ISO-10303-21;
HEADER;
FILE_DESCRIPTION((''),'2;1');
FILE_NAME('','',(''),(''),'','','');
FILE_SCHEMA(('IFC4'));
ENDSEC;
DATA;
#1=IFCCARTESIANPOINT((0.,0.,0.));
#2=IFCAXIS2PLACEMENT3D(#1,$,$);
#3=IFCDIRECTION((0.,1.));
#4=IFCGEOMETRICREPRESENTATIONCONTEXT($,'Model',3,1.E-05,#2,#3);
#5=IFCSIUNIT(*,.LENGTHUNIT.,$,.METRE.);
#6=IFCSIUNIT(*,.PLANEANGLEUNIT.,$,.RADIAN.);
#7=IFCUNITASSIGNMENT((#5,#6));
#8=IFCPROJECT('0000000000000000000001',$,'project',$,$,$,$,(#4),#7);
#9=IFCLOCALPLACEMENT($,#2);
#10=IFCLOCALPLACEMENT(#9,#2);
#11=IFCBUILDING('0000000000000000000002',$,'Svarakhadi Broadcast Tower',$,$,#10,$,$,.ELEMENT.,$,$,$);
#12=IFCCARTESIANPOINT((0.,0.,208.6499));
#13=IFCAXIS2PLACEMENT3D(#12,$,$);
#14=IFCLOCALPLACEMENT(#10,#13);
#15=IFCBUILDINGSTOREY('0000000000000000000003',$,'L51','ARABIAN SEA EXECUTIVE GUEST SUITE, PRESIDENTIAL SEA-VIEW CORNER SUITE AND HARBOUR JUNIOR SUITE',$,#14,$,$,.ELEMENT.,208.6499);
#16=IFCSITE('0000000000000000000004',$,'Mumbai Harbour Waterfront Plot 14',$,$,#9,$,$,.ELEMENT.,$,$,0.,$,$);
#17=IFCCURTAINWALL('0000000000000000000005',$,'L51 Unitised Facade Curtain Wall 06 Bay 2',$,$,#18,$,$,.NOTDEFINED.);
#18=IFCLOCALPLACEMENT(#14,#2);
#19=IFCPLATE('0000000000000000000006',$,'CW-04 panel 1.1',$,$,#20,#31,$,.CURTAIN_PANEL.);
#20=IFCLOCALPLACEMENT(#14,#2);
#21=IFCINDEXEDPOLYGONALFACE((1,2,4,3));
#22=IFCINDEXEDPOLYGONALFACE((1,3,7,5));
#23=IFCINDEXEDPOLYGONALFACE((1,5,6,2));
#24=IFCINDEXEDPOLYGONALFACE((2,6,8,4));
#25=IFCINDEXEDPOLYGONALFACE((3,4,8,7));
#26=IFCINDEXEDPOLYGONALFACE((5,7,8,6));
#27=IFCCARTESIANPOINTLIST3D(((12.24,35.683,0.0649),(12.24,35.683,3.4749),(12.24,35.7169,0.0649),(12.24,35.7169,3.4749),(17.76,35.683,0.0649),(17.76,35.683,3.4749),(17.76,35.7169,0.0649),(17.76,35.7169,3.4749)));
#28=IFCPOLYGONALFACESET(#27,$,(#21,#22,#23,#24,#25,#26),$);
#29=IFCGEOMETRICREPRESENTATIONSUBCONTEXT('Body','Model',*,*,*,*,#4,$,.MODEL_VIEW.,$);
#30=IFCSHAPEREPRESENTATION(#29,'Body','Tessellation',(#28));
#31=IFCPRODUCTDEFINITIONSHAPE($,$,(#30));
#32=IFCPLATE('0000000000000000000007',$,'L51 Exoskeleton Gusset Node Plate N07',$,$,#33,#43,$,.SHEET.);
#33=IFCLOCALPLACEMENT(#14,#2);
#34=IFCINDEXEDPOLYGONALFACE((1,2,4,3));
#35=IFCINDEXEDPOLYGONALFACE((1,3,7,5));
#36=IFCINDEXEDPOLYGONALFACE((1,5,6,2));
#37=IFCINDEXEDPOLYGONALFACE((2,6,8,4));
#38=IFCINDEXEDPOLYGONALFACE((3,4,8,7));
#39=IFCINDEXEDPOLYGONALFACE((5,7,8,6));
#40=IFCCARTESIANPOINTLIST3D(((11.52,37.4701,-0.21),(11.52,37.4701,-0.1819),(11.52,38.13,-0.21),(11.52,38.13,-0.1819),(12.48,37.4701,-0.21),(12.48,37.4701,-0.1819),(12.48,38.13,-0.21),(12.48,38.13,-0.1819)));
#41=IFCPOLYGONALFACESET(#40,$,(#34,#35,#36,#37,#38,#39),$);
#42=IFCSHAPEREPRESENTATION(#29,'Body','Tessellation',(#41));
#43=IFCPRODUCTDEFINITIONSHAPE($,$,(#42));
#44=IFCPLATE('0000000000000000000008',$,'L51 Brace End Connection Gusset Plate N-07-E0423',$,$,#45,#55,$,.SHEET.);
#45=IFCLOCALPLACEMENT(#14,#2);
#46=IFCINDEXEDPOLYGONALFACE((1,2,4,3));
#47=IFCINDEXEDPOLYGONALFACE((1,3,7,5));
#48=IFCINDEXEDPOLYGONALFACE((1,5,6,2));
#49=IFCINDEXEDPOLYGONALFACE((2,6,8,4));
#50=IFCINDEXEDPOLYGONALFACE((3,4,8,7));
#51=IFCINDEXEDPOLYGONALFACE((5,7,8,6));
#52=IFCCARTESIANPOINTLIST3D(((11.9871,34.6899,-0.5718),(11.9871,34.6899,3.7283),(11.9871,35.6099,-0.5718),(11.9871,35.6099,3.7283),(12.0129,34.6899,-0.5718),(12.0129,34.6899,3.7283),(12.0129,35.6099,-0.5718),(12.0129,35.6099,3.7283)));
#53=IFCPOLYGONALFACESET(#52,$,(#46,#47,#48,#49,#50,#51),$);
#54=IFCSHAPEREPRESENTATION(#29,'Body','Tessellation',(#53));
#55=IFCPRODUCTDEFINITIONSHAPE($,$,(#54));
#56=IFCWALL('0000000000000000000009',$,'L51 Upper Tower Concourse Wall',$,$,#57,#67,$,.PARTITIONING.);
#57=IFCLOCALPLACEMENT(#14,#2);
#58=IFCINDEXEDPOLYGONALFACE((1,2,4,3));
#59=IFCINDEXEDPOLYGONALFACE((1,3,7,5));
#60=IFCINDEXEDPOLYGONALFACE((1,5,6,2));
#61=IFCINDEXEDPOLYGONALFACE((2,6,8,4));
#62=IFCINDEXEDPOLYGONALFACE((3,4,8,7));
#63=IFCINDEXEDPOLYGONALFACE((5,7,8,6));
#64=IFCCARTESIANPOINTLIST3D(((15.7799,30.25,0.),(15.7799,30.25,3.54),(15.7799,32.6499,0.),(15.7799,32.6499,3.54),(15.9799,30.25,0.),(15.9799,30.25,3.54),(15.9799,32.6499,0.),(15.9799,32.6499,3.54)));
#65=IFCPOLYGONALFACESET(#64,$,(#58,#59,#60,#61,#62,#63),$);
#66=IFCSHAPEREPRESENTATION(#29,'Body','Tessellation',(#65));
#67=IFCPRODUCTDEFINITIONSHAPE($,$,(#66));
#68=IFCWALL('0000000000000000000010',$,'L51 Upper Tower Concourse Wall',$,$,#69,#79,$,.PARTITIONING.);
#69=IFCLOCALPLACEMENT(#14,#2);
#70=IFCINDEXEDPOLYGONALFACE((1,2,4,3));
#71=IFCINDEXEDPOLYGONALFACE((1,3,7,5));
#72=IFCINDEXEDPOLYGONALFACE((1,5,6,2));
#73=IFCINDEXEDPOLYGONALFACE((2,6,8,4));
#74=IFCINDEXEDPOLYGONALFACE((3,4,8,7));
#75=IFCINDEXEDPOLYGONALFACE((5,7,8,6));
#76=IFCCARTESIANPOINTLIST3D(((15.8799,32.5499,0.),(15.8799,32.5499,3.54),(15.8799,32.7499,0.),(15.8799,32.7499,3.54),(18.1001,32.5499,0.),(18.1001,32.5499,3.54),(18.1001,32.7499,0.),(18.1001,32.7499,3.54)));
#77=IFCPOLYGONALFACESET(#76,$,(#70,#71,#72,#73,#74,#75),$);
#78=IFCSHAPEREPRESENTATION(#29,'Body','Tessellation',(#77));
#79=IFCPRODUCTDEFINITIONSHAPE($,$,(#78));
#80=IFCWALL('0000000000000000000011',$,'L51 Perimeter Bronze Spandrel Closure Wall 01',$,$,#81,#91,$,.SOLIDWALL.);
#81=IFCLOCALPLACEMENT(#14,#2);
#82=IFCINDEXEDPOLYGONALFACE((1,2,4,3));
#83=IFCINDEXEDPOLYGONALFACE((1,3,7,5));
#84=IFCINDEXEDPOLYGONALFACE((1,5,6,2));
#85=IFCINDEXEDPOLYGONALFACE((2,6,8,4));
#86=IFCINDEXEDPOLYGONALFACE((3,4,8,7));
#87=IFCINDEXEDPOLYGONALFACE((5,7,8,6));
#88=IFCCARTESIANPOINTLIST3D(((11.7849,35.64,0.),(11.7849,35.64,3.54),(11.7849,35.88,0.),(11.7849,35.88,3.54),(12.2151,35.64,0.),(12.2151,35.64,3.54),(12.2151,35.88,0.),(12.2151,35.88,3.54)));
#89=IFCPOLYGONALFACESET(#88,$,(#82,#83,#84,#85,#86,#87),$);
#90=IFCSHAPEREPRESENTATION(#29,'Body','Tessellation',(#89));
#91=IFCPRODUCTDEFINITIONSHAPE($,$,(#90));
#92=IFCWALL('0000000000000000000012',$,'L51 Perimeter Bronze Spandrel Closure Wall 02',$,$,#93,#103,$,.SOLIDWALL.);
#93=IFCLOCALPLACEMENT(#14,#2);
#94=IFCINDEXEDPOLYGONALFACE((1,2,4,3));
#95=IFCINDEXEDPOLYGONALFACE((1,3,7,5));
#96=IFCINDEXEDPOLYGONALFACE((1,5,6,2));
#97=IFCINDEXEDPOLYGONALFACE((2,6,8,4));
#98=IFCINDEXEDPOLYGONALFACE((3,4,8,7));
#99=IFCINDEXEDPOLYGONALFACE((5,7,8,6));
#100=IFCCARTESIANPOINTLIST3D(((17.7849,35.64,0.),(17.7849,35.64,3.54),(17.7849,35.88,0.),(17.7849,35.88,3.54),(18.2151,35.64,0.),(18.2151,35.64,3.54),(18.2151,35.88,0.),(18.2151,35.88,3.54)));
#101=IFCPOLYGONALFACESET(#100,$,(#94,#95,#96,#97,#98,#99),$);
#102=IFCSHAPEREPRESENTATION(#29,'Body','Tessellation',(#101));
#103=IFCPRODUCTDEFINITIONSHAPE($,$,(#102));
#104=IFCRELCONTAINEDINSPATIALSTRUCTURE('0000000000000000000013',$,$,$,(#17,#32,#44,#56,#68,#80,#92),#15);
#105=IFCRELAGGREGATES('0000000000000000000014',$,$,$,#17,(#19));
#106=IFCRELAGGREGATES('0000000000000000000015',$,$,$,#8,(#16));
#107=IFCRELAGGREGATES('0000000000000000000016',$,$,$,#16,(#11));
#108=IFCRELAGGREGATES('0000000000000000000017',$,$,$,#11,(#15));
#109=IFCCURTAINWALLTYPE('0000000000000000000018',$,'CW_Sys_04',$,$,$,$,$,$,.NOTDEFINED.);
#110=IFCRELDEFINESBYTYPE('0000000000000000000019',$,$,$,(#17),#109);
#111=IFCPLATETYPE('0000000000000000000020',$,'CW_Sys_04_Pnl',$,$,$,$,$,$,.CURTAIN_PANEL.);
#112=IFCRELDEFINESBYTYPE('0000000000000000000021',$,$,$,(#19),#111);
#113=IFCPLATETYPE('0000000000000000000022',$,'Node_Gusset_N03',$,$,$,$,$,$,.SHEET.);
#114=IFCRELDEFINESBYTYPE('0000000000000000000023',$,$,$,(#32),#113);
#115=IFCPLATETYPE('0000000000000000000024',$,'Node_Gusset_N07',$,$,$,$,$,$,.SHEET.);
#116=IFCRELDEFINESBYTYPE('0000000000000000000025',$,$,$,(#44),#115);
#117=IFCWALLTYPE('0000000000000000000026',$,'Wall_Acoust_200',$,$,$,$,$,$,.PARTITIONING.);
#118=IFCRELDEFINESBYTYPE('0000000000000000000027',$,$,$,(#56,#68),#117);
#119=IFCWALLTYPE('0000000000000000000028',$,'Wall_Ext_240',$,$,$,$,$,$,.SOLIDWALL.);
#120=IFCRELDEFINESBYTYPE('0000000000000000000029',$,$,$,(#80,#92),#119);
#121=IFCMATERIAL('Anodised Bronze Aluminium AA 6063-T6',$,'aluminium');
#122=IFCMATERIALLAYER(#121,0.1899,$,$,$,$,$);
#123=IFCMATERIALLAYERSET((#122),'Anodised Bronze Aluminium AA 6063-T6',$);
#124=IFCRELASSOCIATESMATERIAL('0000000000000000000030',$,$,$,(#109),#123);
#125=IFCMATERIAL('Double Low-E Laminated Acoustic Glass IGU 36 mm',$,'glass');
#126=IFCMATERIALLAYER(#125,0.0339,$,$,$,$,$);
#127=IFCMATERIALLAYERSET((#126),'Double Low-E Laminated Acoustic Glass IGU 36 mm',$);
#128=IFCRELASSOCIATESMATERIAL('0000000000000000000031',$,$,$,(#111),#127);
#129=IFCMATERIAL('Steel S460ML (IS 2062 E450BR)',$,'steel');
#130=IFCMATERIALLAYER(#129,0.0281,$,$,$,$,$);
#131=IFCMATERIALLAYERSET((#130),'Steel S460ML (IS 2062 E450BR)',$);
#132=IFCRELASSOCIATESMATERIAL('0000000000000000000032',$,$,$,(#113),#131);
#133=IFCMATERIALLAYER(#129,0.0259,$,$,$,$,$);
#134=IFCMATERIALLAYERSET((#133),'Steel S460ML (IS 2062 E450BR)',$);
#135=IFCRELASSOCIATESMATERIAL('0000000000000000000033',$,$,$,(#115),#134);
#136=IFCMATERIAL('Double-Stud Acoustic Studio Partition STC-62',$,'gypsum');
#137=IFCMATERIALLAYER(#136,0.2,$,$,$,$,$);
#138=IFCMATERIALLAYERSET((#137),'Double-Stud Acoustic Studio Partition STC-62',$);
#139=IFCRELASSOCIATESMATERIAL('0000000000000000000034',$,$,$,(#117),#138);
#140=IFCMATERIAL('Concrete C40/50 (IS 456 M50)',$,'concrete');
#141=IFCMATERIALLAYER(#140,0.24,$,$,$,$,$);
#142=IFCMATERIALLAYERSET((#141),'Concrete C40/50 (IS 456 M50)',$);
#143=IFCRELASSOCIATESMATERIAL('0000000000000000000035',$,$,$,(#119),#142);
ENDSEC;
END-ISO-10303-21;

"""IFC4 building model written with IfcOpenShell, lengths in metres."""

from ifc_helpers import new_model, si_unit, direction, frame, frame_2d, origin, origin_2d, place, context, subcontext, project, spatial, rectangle, extrude, material, layer, layer_set, type_object, element, aggregate, save


model = new_model("IFC4")

# Units and contexts
model_context = context("Model", 3, precision=1e-05, world=origin(), true_north=direction((0.0, 1.0)))
body_context = subcontext(model_context, "Body", "Model", "MODEL_VIEW")
ifc_project = project(units=[si_unit("LENGTHUNIT", "METRE"), si_unit("PLANEANGLEUNIT", "RADIAN")], contexts=[model_context])

# Site, building, storey
site_placement = place(None, origin())
site = spatial("IfcSite", under=ifc_project, at=site_placement, Name="Mumbai Harbour Waterfront Plot 14", CompositionType="ELEMENT", RefElevation=0.0)
building_placement = place(site_placement, origin())
building = spatial("IfcBuilding", under=site, at=building_placement, Name="Svarakhadi Broadcast Tower", CompositionType="ELEMENT")
storey_placement = place(building_placement, frame((0.0, 0.0, 208.6499)))
storey = spatial("IfcBuildingStorey", under=building, at=storey_placement, Name="L51", Description="ARABIAN SEA EXECUTIVE GUEST SUITE, PRESIDENTIAL SEA-VIEW CORNER SUITE AND HARBOUR JUNIOR SUITE", CompositionType="ELEMENT", Elevation=208.6499)

# Shared definitions
ifc_material_1 = material(Name="Steel S460ML (IS 2062 E450BR)", Category="steel")

# Shared definitions
ifc_material_2 = material(Name="Anodised Bronze Aluminium AA 6063-T6", Category="aluminium")
ifc_layer_1 = layer(ifc_material_2, 0.1899)
ifc_layer_set_1 = layer_set([ifc_layer_1], Name="Anodised Bronze Aluminium AA 6063-T6")
curtain_wall_type = type_object("IfcCurtainWallType", Name="CW_Sys_04", PredefinedType="NOTDEFINED", material=ifc_layer_set_1)

# Curtain wall
curtain_wall_1_placement = place(storey_placement, origin())
curtain_wall_1 = element("IfcCurtainWall", 1, at=curtain_wall_1_placement, inside=storey, type_object=curtain_wall_type, Name="L51 Unitised Facade Curtain Wall 06 Bay 2", PredefinedType="NOTDEFINED")

# Plate
ifc_material_3 = material(Name="Double Low-E Laminated Acoustic Glass IGU 36 mm", Category="glass")
ifc_layer_2 = layer(ifc_material_3, 0.0339)
ifc_layer_set_2 = layer_set([ifc_layer_2], Name="Double Low-E Laminated Acoustic Glass IGU 36 mm")
plate_type_1 = type_object("IfcPlateType", Name="CW_Sys_04_Pnl", PredefinedType="CURTAIN_PANEL", material=ifc_layer_set_2)
plate_1_placement = place(storey_placement, frame((15.0, 35.7, 0.0649), z_axis=(0.0, 0.0, 1.0), x_axis=(1.0, 0.0, 0.0)))
plate_1 = element("IfcPlate", 2, at=plate_1_placement, type_object=plate_type_1, Name="CW-04 panel 1.1", PredefinedType="CURTAIN_PANEL", context=body_context, shape_type="SweptSolid", body=[
    extrude(rectangle(XDim=5.52, YDim=0.0339, at=origin_2d()), origin(), (0.0, 0.0, 1.0), 3.4099),
])
aggregate(curtain_wall_1, [plate_1])

# Plates
ifc_layer_3 = layer(ifc_material_1, 0.0281)
ifc_layer_set_3 = layer_set([ifc_layer_3], Name="Steel S460ML (IS 2062 E450BR)")
plate_type_2 = type_object("IfcPlateType", Name="Node_Gusset_N03", PredefinedType="SHEET", material=ifc_layer_set_3)
plate_2_placement = place(storey_placement, frame((12.0, 37.8, -0.21), z_axis=(0.0, 0.0, 1.0), x_axis=(1.0, 0.0, 0.0)))
element("IfcPlate", 3, at=plate_2_placement, inside=storey, type_object=plate_type_2, Name="L51 Exoskeleton Gusset Node Plate N07", PredefinedType="SHEET", context=body_context, shape_type="SweptSolid", body=[
    extrude(rectangle(XDim=0.96, YDim=0.6599, at=origin_2d()), origin(), (0.0, 0.0, 1.0), 0.0281),
])
ifc_layer_4 = layer(ifc_material_1, 0.0259)
ifc_layer_set_4 = layer_set([ifc_layer_4], Name="Steel S460ML (IS 2062 E450BR)")
plate_type_3 = type_object("IfcPlateType", Name="Node_Gusset_N07", PredefinedType="SHEET", material=ifc_layer_set_4)
plate_3_placement = place(storey_placement, frame((12.0, 35.1499, -0.5718), z_axis=(0.0, 0.0, 1.0), x_axis=(0.0, 1.0, 0.0)))
element("IfcPlate", 4, at=plate_3_placement, inside=storey, type_object=plate_type_3, Name="L51 Brace End Connection Gusset Plate N-07-E0423", PredefinedType="SHEET", context=body_context, shape_type="SweptSolid", body=[
    extrude(rectangle(XDim=0.9199, YDim=0.0259, at=origin_2d()), origin(), (0.0, 0.0, 1.0), 4.3),
])

# Walls
ifc_material_4 = material(Name="Double-Stud Acoustic Studio Partition STC-62", Category="gypsum")
ifc_layer_5 = layer(ifc_material_4, 0.2)
ifc_layer_set_5 = layer_set([ifc_layer_5], Name="Double-Stud Acoustic Studio Partition STC-62")
wall_type_1 = type_object("IfcWallType", Name="Wall_Acoust_200", PredefinedType="PARTITIONING", material=ifc_layer_set_5)
wall_1_placement = place(storey_placement, frame((15.8799, 30.25, 0.0), z_axis=(0.0, 0.0, 1.0), x_axis=(0.0, 1.0, 0.0)))
element("IfcWall", 5, at=wall_1_placement, inside=storey, type_object=wall_type_1, Name="L51 Upper Tower Concourse Wall", PredefinedType="PARTITIONING", context=body_context, shape_type="SweptSolid", body=[
    extrude(rectangle(XDim=2.3999, YDim=0.2, at=frame_2d((1.2, 0.0))), origin(), (0.0, 0.0, 1.0), 3.54),
])
wall_2_placement = place(storey_placement, frame((15.8799, 32.6499, 0.0), z_axis=(0.0, 0.0, 1.0), x_axis=(1.0, 0.0, 0.0)))
element("IfcWall", 6, at=wall_2_placement, inside=storey, type_object=wall_type_1, Name="L51 Upper Tower Concourse Wall", PredefinedType="PARTITIONING", context=body_context, shape_type="SweptSolid", body=[
    extrude(rectangle(XDim=2.2202, YDim=0.2, at=frame_2d((1.1101, 0.0))), origin(), (0.0, 0.0, 1.0), 3.54),
])
ifc_material_5 = material(Name="Concrete C40/50 (IS 456 M50)", Category="concrete")
ifc_layer_6 = layer(ifc_material_5, 0.24)
ifc_layer_set_6 = layer_set([ifc_layer_6], Name="Concrete C40/50 (IS 456 M50)")
wall_type_2 = type_object("IfcWallType", Name="Wall_Ext_240", PredefinedType="SOLIDWALL", material=ifc_layer_set_6)
for number, where, z_axis, x_axis, name in (
    (7, (11.7849, 35.76, 0.0), (0.0, 0.0, 1.0), (1.0, 0.0, 0.0), "L51 Perimeter Bronze Spandrel Closure Wall 01"),
    (8, (17.7849, 35.76, 0.0), (0.0, 0.0, 1.0), (1.0, 0.0, 0.0), "L51 Perimeter Bronze Spandrel Closure Wall 02"),
):
    element("IfcWall", number, at=place(storey_placement, frame(where, z_axis=z_axis, x_axis=x_axis)), inside=storey, type_object=wall_type_2, Name=name, PredefinedType="SOLIDWALL", context=body_context, shape_type="SweptSolid", body=[
        extrude(rectangle(XDim=0.4302, YDim=0.24, at=frame_2d((0.2151, 0.0))), origin(), (0.0, 0.0, 1.0), 3.54),
    ])

save(model, "model.ifc")
